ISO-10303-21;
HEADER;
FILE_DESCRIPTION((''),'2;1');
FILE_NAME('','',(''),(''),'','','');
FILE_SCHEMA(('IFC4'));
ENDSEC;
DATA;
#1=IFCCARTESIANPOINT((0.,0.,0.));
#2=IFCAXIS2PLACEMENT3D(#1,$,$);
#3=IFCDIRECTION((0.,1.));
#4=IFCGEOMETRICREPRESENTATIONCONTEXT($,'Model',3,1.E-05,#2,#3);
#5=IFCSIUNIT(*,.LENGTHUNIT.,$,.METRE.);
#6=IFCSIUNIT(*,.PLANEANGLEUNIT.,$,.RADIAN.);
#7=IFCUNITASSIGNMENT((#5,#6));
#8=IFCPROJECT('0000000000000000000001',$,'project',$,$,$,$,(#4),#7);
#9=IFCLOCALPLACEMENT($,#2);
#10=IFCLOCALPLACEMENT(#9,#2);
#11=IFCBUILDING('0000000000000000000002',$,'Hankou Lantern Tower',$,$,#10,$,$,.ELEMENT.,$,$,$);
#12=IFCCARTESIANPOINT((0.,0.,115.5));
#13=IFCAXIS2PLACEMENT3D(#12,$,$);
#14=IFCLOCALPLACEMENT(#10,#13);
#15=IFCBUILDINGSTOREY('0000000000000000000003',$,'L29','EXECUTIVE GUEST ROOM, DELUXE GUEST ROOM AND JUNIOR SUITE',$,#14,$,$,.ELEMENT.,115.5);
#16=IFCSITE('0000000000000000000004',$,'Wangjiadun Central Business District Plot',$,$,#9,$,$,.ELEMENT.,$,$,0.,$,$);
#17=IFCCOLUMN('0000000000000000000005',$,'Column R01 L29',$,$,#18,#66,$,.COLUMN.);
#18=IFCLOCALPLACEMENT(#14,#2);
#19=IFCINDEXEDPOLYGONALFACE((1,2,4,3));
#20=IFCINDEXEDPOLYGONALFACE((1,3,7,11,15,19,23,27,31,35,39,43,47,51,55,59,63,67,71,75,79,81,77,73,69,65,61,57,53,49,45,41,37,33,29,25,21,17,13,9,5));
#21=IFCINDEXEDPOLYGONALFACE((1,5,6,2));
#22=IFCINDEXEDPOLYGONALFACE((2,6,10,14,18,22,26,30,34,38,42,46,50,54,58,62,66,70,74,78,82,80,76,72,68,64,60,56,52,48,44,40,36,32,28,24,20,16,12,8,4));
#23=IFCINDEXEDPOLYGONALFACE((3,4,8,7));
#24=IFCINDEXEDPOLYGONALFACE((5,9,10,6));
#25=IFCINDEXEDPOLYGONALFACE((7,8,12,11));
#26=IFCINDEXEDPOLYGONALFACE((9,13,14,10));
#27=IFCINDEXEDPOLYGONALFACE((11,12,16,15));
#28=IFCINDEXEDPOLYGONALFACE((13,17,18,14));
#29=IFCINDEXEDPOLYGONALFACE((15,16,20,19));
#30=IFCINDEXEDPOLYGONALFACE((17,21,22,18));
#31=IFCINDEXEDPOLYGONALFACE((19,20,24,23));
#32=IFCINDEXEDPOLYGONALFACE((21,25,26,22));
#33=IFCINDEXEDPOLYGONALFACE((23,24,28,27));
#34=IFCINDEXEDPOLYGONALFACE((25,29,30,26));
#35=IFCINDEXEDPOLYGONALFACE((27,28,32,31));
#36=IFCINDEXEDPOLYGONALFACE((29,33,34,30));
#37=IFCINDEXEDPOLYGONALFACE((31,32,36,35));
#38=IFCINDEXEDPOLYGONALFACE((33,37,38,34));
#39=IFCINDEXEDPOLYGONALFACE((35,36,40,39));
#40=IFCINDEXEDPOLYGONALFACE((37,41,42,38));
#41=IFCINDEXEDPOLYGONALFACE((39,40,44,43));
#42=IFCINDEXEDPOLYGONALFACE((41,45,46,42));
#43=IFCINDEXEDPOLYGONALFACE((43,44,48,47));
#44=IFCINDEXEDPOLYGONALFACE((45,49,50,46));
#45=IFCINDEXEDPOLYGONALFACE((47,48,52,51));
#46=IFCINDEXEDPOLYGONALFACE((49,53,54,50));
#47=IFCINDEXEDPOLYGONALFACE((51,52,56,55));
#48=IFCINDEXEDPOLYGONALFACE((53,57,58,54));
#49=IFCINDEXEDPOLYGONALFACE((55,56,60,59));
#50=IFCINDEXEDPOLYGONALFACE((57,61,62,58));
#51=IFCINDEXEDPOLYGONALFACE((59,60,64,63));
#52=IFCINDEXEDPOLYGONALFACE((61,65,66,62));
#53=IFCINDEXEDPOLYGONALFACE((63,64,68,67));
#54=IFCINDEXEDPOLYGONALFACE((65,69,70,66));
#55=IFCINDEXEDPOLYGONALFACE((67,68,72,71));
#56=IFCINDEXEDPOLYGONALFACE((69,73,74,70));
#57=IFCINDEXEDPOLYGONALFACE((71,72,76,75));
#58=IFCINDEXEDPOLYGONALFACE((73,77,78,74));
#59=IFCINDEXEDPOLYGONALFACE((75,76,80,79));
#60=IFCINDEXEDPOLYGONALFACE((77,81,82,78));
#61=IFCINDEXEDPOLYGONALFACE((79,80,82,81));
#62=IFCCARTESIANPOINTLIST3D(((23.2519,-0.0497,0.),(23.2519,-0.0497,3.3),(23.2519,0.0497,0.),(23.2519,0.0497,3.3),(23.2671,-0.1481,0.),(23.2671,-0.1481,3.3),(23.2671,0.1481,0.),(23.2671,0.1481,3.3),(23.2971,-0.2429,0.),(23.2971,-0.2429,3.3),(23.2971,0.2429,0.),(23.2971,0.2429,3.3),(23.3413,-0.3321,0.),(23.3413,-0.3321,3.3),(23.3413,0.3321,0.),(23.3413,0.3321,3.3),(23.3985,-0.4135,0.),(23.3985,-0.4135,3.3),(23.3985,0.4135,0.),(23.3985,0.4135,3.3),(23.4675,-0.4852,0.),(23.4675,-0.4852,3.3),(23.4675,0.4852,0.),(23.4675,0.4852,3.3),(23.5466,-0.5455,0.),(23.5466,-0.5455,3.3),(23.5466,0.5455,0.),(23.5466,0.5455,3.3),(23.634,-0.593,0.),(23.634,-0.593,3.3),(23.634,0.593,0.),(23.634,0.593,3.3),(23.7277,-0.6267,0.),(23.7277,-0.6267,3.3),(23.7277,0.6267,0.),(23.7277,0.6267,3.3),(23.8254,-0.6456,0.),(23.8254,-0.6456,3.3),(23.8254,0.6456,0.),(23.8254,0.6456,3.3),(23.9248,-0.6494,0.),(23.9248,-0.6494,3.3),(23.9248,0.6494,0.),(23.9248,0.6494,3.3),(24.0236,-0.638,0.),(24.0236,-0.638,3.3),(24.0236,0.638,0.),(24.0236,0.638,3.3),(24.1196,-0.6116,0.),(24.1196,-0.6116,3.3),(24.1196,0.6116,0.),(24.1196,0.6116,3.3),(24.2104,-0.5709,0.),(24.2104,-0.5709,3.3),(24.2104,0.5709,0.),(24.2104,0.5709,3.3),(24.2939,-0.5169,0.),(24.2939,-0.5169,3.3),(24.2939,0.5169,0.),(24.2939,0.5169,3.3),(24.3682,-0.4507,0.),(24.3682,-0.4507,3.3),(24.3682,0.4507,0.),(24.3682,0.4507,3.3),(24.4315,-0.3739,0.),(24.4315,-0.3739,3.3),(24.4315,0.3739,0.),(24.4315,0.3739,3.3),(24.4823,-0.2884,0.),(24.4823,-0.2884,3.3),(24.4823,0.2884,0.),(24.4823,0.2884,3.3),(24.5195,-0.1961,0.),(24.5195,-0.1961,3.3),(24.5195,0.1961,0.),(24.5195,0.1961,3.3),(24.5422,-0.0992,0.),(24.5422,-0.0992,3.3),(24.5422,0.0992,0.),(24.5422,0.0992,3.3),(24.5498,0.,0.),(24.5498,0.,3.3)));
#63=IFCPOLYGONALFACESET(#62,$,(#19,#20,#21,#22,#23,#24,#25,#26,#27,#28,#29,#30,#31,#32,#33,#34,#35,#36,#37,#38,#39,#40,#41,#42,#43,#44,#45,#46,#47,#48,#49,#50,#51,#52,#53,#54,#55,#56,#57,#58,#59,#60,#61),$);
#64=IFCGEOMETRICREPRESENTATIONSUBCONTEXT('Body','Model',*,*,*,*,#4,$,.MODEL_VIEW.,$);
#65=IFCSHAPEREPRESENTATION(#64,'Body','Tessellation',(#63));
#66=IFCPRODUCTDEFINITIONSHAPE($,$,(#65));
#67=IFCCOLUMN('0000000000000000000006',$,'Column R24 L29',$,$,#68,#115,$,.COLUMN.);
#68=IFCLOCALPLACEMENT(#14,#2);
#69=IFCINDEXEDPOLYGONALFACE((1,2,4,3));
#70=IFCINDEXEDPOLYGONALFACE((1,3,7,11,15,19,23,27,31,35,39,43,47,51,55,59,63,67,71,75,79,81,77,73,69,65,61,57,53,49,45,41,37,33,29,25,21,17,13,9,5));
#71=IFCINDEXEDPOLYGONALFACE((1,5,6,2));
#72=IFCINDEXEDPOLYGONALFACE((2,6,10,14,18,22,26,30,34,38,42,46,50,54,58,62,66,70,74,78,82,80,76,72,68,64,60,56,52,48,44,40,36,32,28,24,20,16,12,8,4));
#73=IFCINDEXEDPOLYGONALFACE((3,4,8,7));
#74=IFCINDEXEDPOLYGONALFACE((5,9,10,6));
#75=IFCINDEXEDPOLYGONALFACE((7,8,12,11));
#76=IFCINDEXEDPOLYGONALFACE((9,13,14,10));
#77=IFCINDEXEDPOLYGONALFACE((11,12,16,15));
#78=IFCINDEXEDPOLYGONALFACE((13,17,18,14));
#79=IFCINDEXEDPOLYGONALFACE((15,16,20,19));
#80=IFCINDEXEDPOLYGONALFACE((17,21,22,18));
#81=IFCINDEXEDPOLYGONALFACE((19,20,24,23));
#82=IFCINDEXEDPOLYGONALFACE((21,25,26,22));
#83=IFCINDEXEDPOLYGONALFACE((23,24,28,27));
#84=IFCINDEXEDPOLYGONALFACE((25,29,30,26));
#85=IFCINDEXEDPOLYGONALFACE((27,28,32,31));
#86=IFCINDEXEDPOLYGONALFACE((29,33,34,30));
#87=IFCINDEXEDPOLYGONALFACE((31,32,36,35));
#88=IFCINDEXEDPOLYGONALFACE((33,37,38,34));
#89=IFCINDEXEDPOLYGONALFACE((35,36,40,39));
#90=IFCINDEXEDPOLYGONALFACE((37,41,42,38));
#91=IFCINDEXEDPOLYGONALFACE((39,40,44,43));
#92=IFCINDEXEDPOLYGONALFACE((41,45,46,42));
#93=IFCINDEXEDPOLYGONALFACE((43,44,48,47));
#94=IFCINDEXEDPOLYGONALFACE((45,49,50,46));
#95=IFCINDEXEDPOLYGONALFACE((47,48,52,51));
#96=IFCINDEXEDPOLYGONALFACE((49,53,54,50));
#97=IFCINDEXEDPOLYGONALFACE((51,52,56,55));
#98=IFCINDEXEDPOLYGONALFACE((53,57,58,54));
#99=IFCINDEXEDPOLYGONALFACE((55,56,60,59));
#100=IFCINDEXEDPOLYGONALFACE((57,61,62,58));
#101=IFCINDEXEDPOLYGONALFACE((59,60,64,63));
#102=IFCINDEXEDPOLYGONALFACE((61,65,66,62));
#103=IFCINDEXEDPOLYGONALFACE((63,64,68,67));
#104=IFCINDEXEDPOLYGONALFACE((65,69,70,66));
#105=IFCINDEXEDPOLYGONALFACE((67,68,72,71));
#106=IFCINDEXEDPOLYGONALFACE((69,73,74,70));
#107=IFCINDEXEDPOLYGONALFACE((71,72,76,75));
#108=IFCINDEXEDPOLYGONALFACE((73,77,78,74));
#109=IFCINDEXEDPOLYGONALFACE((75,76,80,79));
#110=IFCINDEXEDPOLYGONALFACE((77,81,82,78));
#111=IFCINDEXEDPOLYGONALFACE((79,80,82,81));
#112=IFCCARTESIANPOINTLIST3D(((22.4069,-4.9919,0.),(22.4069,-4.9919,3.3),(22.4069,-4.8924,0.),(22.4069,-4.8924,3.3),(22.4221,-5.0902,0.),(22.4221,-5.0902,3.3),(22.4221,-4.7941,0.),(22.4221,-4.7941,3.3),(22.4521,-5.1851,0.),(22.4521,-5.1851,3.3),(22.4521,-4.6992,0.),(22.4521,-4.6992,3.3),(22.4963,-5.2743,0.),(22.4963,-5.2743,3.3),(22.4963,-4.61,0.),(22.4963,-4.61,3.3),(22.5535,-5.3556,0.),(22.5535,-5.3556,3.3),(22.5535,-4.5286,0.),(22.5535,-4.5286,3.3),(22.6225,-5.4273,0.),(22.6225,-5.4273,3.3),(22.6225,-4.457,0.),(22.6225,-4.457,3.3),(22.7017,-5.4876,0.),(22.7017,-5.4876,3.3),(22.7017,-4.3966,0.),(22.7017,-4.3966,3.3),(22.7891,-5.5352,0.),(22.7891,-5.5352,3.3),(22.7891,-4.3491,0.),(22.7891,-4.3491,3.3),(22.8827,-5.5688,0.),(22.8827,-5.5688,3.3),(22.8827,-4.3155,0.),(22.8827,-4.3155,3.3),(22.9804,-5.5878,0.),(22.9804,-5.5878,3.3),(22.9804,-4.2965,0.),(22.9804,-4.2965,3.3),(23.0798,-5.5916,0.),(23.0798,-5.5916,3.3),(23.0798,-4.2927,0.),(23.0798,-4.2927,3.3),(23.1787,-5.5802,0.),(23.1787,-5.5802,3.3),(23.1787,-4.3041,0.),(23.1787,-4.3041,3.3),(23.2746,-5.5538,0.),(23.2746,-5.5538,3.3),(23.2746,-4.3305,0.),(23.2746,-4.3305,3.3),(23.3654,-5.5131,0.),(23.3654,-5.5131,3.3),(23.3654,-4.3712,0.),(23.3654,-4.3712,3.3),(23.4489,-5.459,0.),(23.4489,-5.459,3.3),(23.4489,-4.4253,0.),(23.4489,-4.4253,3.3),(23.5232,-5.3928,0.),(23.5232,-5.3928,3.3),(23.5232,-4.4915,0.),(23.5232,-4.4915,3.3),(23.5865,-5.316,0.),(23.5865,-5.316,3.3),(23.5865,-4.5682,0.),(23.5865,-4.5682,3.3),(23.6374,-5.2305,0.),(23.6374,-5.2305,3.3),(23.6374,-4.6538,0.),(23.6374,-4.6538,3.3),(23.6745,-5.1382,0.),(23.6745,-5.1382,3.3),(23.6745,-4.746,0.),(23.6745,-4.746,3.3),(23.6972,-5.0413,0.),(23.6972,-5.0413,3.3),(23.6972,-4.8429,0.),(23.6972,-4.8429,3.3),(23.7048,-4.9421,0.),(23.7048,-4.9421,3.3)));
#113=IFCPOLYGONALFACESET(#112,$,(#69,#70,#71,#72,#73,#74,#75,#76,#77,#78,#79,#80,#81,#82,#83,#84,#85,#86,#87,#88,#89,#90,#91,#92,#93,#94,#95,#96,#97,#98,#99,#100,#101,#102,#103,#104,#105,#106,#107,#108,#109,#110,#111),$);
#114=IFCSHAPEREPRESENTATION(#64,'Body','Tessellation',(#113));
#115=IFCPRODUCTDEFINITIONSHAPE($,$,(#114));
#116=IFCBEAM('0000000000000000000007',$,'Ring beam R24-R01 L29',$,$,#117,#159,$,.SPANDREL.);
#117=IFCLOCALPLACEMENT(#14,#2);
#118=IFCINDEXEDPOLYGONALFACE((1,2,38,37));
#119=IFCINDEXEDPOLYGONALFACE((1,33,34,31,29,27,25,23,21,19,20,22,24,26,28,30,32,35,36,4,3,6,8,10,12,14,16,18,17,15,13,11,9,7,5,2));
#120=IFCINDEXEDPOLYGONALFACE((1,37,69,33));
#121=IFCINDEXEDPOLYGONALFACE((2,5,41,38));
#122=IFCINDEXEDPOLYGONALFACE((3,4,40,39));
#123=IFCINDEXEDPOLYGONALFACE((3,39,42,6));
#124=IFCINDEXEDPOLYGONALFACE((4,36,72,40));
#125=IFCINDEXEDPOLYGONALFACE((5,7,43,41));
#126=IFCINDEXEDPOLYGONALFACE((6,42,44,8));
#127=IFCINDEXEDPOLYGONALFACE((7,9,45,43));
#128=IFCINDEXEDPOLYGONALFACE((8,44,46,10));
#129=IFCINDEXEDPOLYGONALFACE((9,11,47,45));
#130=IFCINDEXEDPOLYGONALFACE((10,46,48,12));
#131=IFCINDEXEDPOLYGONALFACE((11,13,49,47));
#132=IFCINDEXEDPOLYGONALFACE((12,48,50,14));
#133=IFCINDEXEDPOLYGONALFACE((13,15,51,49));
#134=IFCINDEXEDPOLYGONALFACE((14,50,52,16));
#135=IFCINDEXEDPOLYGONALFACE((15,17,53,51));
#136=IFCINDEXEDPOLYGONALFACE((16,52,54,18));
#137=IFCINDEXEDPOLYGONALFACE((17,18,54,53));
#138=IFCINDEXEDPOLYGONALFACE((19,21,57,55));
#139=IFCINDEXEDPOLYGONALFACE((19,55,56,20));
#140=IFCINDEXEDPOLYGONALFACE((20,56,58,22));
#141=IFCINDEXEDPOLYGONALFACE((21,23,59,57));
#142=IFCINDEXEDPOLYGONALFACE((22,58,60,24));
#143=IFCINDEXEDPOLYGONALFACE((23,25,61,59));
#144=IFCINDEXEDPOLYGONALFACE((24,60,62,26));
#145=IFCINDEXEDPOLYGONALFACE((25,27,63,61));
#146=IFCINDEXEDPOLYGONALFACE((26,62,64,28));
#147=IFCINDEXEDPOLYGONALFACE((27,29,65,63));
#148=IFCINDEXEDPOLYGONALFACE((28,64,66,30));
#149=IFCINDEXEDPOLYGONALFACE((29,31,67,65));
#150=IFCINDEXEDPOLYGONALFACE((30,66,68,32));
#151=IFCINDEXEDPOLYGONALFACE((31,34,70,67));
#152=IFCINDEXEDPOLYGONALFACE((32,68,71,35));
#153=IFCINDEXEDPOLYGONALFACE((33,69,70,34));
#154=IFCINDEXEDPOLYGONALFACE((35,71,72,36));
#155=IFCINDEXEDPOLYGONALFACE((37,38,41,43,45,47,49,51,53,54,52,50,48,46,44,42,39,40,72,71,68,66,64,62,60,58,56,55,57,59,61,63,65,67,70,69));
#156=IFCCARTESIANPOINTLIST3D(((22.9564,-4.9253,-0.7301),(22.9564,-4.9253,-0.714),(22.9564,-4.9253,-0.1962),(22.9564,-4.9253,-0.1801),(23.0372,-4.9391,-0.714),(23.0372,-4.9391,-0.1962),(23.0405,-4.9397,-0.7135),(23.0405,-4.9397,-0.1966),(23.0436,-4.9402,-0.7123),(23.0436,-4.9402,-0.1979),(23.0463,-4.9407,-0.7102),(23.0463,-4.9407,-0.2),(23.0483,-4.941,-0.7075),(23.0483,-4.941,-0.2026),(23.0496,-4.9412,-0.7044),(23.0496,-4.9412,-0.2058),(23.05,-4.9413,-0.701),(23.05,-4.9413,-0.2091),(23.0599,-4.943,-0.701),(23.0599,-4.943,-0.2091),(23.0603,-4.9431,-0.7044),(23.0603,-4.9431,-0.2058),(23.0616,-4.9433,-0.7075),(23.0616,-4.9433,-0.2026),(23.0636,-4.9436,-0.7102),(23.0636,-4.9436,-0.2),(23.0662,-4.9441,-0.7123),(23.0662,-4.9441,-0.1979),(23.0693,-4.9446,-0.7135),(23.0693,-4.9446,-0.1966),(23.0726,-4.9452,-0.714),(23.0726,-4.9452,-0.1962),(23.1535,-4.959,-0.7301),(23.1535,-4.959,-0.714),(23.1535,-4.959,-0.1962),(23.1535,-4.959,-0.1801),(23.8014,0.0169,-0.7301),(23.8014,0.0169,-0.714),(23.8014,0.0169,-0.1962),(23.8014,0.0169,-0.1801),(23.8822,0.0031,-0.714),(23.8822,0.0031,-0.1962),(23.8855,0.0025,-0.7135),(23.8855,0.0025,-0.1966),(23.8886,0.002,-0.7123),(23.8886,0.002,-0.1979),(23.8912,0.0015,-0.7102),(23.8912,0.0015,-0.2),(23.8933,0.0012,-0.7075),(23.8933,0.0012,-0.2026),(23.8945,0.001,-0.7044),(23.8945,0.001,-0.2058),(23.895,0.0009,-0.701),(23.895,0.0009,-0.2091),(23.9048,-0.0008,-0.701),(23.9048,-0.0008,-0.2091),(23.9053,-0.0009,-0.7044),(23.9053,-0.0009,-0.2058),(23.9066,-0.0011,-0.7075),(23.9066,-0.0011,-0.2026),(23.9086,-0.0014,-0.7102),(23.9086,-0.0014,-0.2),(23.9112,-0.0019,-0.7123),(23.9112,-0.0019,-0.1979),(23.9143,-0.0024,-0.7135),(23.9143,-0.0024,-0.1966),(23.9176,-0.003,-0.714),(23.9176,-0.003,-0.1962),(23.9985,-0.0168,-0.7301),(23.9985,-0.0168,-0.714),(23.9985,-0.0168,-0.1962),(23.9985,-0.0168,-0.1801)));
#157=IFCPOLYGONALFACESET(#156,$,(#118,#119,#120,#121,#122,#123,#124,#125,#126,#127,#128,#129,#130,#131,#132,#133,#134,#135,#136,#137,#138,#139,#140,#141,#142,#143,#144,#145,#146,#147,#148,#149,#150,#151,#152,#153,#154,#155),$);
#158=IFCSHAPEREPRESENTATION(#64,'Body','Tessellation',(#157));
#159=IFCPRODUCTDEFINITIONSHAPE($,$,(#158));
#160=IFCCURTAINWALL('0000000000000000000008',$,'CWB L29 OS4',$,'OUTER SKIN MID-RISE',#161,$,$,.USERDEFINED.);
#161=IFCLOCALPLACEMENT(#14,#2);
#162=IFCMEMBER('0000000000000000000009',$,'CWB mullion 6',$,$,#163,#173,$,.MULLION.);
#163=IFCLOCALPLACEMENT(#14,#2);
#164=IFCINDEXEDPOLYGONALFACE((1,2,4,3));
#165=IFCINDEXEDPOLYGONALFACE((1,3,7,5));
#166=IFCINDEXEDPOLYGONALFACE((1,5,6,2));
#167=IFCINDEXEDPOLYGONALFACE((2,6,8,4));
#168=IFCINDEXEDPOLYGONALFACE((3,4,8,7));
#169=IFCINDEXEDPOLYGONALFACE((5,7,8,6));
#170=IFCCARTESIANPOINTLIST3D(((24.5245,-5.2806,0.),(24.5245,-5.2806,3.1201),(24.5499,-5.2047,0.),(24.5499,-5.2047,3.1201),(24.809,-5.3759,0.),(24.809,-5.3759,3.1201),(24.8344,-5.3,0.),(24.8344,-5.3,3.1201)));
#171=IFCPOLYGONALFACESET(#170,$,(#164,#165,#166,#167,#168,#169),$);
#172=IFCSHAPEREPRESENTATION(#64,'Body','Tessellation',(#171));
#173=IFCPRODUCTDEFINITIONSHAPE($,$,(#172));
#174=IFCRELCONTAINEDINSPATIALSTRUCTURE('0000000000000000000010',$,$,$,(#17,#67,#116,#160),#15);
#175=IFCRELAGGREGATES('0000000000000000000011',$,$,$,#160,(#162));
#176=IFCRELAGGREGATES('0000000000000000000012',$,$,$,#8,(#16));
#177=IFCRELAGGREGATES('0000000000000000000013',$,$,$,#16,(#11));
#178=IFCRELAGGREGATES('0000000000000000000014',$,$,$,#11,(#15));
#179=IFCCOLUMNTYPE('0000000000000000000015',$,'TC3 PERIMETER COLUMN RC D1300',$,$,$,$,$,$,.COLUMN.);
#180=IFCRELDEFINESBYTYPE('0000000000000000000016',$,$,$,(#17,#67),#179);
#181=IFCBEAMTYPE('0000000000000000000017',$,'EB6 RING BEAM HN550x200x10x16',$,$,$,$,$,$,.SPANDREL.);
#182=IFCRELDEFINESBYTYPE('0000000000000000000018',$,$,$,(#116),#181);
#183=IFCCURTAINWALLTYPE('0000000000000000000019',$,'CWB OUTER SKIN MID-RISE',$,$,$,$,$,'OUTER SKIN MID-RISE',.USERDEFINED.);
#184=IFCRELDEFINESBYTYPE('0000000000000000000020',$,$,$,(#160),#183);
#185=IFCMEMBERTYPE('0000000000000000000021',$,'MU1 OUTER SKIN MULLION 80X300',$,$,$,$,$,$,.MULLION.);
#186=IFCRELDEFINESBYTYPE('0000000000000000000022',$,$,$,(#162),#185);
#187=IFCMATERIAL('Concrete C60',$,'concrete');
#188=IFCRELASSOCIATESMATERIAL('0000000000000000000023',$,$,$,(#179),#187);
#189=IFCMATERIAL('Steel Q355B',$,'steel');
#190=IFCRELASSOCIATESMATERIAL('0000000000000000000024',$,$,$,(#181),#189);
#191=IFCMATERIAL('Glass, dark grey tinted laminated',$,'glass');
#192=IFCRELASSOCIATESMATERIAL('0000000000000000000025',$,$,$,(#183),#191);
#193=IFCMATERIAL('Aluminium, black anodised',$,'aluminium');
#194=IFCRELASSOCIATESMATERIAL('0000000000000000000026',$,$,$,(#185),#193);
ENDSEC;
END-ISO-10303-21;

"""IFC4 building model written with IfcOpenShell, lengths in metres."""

from ifc_helpers import new_model, si_unit, direction, frame, origin, origin_2d, place, context, subcontext, project, spatial, rectangle, circle, i_section, extrude, material, material_profile, profile_set, type_object, element, aggregate, save


model = new_model("IFC4")

# Units and contexts
model_context = context("Model", 3, precision=1e-05, world=origin(), true_north=direction((0.0, 1.0)))
body_context = subcontext(model_context, "Body", "Model", "MODEL_VIEW")
ifc_project = project(units=[si_unit("LENGTHUNIT", "METRE"), si_unit("PLANEANGLEUNIT", "RADIAN")], contexts=[model_context])

# Site, building, storey
site_placement = place(None, origin())
site = spatial("IfcSite", under=ifc_project, at=site_placement, Name="Wangjiadun Central Business District Plot", CompositionType="ELEMENT", RefElevation=0.0)
building_placement = place(site_placement, origin())
building = spatial("IfcBuilding", under=site, at=building_placement, Name="Hankou Lantern Tower", CompositionType="ELEMENT")
storey_placement = place(building_placement, frame((0.0, 0.0, 115.5)))
storey = spatial("IfcBuildingStorey", under=building, at=storey_placement, Name="L29", Description="EXECUTIVE GUEST ROOM, DELUXE GUEST ROOM AND JUNIOR SUITE", CompositionType="ELEMENT", Elevation=115.5)

# Columns
ifc_material_1 = material(Name="Concrete C60", Category="concrete")
ifc_material_profile_1 = material_profile(ifc_material_1, circle(Radius=0.6499, at=origin_2d()), Name="RC D1300")
ifc_profile_set_1 = profile_set([ifc_material_profile_1], Name="Concrete C60")
column_type = type_object("IfcColumnType", Name="TC3 PERIMETER COLUMN RC D1300", PredefinedType="COLUMN", material=ifc_profile_set_1)
for number, where, z_axis, x_axis, name in (
    (1, (23.8999, 0.0, 0.0), (0.0, 0.0, 1.0), (1.0, 0.0, 0.0), "Column R01 L29"),
    (2, (23.0549, -4.9421, 0.0), (0.0, 0.0, 1.0), (1.0, 0.0, 0.0), "Column R24 L29"),
):
    element("IfcColumn", number, at=place(storey_placement, frame(where, z_axis=z_axis, x_axis=x_axis)), inside=storey, type_object=column_type, Name=name, PredefinedType="COLUMN", context=body_context, shape_type="SweptSolid", body=[
        extrude(circle(Radius=0.6499, at=origin_2d()), origin(), (0.0, 0.0, 1.0), 3.3),
    ])

# Beam
ifc_material_2 = material(Name="Steel Q355B", Category="steel")
ifc_material_profile_2 = material_profile(ifc_material_2, i_section(OverallWidth=0.2, OverallDepth=0.55, WebThickness=0.01, FlangeThickness=0.0161, FilletRadius=0.0129, at=origin_2d()), Name="HN550x200x10x16")
ifc_profile_set_2 = profile_set([ifc_material_profile_2], Name="Steel Q355B")
beam_type_1 = type_object("IfcBeamType", Name="EB6 RING BEAM HN550x200x10x16", PredefinedType="SPANDREL", material=ifc_profile_set_2)
beam_1_placement = place(storey_placement, frame((23.0549, -4.9421, -0.4551), z_axis=(0.168527, 0.985697, 0.0), x_axis=(-0.985697, 0.168527, 0.0)))
element("IfcBeam", 3, at=beam_1_placement, inside=storey, type_object=beam_type_1, Name="Ring beam R24-R01 L29", PredefinedType="SPANDREL", context=body_context, shape_type="SweptSolid", body=[
    extrude(i_section(OverallWidth=0.2, OverallDepth=0.55, WebThickness=0.01, FlangeThickness=0.0161, FilletRadius=0.0129, at=origin_2d()), origin(), (0.0, 0.0, 1.0), 5.0139),
])

# Curtain wall, member
ifc_material_3 = material(Name="Glass, dark grey tinted laminated", Category="glass")
curtain_wall_type = type_object("IfcCurtainWallType", Name="CWB OUTER SKIN MID-RISE", ElementType="OUTER SKIN MID-RISE", PredefinedType="USERDEFINED", material=ifc_material_3)
curtain_wall_placement = place(storey_placement, origin())
curtain_wall = element("IfcCurtainWall", 4, at=curtain_wall_placement, inside=storey, type_object=curtain_wall_type, Name="CWB L29 OS4", ObjectType="OUTER SKIN MID-RISE", PredefinedType="USERDEFINED")
ifc_material_4 = material(Name="Aluminium, black anodised", Category="aluminium")
ifc_material_profile_3 = material_profile(ifc_material_4, rectangle(XDim=0.0801, YDim=0.3, at=origin_2d()), Name="MU1 80X300")
ifc_profile_set_3 = profile_set([ifc_material_profile_3], Name="Aluminium, black anodised")
member_type_1 = type_object("IfcMemberType", Name="MU1 OUTER SKIN MULLION 80X300", PredefinedType="MULLION", material=ifc_profile_set_3)
member_1_placement = place(storey_placement, frame((24.6794, -5.2903, 0.0), z_axis=(0.0, 0.0, 1.0), x_axis=(0.317596, 0.948226, 0.0)))
member_1 = element("IfcMember", 5, at=member_1_placement, type_object=member_type_1, Name="CWB mullion 6", PredefinedType="MULLION", context=body_context, shape_type="SweptSolid", body=[
    extrude(rectangle(XDim=0.0801, YDim=0.3, at=origin_2d()), origin(), (0.0, 0.0, 1.0), 3.1201),
])

aggregate(curtain_wall, [member_1])

save(model, "model.ifc")
